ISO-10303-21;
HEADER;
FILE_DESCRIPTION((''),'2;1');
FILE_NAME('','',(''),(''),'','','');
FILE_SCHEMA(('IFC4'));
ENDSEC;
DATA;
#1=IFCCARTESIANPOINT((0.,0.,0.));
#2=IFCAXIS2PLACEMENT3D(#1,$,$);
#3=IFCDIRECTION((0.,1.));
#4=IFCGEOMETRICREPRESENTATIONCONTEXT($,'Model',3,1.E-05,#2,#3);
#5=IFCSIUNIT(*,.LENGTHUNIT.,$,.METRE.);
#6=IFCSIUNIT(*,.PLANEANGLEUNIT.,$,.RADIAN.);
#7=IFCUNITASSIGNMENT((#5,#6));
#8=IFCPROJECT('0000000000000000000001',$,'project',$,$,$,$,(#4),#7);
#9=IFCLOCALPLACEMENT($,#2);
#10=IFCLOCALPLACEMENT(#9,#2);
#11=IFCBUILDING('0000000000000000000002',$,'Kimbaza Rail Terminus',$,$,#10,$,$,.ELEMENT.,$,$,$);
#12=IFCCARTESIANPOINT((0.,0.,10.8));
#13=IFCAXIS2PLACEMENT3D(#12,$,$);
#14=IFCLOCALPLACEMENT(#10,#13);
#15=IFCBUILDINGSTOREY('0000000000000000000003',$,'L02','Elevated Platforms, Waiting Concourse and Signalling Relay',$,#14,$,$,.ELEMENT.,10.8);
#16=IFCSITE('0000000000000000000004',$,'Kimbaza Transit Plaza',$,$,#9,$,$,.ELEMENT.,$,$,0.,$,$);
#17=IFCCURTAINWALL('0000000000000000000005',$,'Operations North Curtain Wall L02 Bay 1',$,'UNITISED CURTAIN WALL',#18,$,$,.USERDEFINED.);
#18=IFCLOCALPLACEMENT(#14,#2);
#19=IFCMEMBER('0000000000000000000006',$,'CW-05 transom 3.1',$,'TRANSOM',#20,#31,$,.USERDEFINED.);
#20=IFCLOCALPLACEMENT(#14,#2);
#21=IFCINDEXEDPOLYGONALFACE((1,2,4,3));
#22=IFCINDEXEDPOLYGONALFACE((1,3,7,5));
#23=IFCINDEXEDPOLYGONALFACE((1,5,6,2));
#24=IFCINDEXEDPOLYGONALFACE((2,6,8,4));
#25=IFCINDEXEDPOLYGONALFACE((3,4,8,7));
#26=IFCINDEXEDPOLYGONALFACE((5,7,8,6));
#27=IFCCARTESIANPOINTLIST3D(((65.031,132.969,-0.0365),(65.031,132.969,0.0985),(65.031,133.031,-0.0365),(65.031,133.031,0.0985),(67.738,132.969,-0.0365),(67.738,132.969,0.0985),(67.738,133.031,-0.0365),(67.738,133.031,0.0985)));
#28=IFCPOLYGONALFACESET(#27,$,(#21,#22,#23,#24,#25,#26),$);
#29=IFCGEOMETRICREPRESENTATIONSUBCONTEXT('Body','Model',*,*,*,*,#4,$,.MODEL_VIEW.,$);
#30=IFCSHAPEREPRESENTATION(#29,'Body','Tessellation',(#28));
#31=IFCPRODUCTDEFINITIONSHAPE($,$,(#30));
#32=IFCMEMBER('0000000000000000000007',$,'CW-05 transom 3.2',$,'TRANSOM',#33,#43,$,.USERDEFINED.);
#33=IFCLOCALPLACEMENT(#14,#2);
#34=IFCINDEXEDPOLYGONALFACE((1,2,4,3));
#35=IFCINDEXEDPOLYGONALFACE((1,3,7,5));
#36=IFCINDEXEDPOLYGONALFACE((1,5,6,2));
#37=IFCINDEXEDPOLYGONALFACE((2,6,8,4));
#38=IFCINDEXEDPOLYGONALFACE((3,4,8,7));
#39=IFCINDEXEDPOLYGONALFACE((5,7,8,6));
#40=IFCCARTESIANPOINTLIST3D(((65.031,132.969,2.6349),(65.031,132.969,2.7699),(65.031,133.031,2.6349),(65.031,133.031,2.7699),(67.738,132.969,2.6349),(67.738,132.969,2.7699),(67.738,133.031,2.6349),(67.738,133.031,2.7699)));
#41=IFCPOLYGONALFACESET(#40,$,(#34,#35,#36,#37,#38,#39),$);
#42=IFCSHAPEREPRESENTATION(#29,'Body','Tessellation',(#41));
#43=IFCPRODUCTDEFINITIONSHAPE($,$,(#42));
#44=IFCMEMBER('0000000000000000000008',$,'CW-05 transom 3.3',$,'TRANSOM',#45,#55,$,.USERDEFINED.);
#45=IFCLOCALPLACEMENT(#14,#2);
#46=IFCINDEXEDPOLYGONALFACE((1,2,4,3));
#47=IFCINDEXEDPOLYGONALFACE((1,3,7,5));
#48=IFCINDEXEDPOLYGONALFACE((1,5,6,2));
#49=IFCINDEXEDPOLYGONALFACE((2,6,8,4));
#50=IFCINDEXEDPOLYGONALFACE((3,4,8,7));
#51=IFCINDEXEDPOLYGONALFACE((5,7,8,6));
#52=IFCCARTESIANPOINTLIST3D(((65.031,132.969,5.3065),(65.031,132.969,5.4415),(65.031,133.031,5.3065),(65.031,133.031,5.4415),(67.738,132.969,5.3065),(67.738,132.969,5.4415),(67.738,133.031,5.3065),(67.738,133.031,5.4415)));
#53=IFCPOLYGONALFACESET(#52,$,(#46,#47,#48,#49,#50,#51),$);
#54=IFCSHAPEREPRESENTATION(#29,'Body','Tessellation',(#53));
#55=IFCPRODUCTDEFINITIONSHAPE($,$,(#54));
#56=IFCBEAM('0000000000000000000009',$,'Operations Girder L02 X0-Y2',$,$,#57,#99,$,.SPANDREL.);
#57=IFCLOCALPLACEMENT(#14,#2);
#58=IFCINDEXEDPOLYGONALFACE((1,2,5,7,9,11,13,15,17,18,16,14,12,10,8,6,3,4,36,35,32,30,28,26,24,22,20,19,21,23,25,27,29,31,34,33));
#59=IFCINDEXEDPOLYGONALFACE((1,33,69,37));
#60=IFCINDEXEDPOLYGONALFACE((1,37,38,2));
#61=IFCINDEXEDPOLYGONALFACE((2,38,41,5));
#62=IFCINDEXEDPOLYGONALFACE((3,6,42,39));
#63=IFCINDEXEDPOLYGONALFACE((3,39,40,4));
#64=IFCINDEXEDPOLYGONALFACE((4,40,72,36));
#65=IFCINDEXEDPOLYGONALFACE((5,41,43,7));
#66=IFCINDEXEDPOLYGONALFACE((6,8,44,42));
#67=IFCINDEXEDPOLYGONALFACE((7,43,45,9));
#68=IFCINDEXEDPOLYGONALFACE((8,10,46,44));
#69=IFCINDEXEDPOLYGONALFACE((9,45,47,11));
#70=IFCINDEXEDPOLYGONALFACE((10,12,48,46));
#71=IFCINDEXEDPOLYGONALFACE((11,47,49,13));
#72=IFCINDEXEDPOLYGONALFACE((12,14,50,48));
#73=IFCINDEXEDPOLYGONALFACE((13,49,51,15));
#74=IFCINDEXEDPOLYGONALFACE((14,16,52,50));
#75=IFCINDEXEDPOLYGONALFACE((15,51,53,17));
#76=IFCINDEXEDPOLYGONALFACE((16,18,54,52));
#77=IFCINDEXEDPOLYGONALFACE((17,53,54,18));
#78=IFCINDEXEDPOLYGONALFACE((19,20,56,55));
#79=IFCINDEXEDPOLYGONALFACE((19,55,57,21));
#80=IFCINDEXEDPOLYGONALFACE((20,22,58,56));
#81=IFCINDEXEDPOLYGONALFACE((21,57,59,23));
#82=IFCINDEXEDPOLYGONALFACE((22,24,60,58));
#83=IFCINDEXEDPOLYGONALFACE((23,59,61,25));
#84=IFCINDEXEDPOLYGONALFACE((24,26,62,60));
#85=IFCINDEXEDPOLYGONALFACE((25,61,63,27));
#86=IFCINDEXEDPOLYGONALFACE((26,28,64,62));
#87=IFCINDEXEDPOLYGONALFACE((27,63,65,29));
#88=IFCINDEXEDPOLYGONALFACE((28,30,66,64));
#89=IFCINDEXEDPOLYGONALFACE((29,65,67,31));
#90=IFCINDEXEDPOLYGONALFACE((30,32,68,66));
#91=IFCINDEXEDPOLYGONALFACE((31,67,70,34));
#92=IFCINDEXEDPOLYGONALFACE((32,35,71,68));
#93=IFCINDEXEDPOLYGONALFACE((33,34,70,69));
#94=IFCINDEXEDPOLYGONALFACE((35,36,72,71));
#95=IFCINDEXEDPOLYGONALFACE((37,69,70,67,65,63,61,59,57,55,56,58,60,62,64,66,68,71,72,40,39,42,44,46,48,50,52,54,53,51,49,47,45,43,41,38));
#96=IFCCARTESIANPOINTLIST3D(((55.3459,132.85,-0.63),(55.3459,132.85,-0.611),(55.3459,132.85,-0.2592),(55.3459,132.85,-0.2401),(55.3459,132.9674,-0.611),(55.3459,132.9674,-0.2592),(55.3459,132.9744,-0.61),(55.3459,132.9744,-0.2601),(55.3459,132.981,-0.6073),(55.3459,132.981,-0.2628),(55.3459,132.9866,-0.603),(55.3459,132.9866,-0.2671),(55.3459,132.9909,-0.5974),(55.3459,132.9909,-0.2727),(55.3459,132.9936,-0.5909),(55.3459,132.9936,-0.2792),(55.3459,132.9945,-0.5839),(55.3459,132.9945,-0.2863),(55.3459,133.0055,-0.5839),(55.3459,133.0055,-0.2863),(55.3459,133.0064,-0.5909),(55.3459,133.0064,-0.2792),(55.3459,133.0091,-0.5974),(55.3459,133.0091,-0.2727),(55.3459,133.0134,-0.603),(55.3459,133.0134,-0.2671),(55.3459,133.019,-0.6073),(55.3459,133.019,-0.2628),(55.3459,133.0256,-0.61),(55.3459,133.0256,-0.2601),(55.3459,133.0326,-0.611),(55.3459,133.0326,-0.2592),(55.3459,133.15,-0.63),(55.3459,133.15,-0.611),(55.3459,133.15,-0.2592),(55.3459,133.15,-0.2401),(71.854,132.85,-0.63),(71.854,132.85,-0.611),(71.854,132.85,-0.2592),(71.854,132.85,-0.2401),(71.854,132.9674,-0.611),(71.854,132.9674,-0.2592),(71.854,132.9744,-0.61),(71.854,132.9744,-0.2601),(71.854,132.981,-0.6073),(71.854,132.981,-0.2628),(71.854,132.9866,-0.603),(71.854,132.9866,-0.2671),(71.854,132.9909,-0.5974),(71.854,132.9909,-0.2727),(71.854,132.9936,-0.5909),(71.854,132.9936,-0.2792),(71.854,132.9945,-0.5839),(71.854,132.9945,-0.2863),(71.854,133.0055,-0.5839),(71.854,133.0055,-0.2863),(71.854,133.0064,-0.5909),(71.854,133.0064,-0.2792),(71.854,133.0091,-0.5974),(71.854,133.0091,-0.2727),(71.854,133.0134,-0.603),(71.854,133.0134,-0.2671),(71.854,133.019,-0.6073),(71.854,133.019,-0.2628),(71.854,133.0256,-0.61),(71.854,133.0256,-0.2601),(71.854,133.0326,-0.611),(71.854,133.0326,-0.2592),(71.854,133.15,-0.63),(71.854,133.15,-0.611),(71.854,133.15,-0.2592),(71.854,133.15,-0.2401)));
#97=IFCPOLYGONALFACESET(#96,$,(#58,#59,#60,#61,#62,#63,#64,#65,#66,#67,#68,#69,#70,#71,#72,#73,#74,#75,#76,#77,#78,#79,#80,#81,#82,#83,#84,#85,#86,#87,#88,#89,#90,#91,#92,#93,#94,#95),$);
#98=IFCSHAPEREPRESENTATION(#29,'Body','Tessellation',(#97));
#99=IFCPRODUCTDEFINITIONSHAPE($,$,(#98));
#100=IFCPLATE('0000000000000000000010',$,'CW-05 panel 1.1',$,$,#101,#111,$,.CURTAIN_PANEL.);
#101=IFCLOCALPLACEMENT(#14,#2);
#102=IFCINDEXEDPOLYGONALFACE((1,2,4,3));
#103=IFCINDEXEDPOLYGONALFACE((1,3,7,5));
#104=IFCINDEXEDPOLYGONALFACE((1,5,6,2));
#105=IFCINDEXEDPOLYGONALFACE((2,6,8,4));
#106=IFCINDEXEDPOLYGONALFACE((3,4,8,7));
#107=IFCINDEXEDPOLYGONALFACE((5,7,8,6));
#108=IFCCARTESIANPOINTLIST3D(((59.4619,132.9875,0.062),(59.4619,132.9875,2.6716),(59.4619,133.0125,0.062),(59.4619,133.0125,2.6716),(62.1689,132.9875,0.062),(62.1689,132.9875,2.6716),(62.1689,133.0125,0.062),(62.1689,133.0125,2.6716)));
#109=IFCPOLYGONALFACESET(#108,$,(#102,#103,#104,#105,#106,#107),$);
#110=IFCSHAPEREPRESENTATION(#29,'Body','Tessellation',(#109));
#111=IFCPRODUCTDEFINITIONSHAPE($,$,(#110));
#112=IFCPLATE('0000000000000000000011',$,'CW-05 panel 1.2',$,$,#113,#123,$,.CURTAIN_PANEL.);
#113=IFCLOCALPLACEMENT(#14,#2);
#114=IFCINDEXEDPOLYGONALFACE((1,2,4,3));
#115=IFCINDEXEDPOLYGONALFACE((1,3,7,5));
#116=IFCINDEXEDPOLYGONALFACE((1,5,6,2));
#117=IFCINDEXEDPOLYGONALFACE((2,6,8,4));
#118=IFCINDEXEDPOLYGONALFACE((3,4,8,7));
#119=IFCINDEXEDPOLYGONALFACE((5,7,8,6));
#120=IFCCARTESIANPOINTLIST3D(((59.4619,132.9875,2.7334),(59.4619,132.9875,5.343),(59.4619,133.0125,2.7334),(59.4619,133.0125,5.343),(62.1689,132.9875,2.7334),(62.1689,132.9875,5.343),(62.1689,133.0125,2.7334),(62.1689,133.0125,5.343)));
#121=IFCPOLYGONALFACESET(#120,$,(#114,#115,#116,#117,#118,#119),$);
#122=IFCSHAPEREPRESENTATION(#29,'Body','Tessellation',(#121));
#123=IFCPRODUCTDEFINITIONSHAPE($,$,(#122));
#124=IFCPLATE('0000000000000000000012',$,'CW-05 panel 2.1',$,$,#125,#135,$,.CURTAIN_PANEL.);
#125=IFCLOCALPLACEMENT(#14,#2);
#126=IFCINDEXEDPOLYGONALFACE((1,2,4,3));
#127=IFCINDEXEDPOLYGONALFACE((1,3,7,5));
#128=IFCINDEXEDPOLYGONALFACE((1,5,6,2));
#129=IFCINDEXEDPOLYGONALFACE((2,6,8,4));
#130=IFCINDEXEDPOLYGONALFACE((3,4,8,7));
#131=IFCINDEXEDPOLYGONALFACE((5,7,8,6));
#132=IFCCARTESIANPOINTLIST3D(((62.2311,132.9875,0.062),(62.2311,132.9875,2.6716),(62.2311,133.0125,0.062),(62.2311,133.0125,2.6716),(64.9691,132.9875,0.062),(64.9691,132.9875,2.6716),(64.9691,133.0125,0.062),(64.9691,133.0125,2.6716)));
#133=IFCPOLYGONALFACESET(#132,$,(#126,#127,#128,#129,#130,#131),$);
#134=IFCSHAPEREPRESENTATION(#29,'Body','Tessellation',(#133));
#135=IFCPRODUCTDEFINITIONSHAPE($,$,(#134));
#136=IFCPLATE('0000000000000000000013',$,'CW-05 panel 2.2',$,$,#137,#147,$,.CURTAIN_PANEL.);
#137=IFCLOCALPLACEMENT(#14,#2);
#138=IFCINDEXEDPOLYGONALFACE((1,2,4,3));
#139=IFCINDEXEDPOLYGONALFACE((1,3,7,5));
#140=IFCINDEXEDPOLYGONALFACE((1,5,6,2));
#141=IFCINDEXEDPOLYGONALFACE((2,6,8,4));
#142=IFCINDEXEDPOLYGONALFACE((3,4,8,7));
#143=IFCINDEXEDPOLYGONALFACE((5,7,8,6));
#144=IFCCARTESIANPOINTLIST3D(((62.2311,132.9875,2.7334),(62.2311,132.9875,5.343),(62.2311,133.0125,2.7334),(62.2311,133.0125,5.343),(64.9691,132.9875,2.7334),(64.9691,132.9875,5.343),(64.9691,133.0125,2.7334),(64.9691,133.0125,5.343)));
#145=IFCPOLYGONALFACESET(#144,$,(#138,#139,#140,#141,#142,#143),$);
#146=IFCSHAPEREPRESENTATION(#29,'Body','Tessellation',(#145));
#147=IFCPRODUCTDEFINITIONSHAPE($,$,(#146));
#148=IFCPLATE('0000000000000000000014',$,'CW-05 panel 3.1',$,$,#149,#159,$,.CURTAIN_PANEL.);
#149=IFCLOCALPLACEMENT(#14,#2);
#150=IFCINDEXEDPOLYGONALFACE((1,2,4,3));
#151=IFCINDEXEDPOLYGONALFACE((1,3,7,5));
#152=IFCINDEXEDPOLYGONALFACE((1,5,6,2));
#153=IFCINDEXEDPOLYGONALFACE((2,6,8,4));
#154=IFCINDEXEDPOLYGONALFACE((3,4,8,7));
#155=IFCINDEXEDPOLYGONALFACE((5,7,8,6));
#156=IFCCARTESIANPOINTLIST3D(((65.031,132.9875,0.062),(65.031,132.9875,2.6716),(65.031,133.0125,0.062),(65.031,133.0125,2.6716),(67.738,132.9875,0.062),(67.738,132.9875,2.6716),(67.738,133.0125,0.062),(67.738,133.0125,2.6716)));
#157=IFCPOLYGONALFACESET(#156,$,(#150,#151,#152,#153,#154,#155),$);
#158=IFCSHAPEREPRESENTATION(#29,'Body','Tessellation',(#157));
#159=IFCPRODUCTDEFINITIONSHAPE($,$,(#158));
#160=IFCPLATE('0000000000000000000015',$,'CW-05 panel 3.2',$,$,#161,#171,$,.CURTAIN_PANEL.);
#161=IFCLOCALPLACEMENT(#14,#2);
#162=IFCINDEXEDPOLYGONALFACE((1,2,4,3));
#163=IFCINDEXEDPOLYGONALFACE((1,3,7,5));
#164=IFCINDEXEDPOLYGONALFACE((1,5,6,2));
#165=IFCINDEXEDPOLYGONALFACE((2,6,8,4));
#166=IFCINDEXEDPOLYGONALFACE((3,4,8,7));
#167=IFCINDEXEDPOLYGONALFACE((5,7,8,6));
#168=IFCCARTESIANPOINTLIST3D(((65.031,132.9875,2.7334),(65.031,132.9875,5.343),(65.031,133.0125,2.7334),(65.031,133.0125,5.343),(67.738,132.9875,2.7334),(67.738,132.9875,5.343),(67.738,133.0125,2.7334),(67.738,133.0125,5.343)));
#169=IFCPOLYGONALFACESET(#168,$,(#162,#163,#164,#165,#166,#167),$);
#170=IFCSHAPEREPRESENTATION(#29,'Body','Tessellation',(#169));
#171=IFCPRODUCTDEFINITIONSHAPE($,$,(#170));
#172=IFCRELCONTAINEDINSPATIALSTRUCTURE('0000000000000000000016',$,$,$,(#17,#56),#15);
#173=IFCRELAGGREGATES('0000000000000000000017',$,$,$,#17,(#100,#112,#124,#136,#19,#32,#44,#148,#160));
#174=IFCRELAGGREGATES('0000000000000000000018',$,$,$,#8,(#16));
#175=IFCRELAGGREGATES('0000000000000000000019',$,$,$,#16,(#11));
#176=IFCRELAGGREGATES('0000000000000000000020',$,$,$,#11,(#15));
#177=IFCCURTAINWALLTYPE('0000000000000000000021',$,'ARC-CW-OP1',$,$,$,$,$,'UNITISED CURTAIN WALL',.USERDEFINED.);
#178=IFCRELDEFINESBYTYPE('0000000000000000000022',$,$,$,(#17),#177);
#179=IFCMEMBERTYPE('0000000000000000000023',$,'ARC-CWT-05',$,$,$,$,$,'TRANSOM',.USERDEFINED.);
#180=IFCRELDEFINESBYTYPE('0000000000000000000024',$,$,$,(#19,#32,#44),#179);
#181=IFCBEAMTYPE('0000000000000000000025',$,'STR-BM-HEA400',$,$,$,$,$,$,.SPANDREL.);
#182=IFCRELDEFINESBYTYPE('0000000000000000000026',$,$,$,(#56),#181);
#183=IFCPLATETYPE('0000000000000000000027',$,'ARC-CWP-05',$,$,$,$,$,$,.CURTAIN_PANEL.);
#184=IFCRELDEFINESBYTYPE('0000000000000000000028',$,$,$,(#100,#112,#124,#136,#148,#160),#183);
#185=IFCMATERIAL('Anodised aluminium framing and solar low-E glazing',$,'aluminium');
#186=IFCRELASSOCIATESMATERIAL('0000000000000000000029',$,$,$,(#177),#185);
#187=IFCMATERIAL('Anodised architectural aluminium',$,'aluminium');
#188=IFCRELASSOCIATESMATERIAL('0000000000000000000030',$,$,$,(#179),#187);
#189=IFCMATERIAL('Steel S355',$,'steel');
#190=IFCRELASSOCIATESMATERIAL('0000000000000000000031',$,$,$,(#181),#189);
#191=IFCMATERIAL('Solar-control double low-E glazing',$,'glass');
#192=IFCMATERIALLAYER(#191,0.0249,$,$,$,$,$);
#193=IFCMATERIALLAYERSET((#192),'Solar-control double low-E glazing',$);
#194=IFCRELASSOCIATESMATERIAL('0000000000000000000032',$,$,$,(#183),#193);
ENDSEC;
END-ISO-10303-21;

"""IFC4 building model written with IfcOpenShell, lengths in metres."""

from ifc_helpers import new_model, si_unit, direction, frame, origin, origin_2d, place, context, subcontext, project, spatial, rectangle, i_section, extrude, material, layer, layer_set, material_profile, profile_set, type_object, element, aggregate, save


model = new_model("IFC4")

# Units and contexts
model_context = context("Model", 3, precision=1e-05, world=origin(), true_north=direction((0.0, 1.0)))
body_context = subcontext(model_context, "Body", "Model", "MODEL_VIEW")
ifc_project = project(units=[si_unit("LENGTHUNIT", "METRE"), si_unit("PLANEANGLEUNIT", "RADIAN")], contexts=[model_context])

# Site, building, storey
site_placement = place(None, origin())
site = spatial("IfcSite", under=ifc_project, at=site_placement, Name="Kimbaza Transit Plaza", CompositionType="ELEMENT", RefElevation=0.0)
building_placement = place(site_placement, origin())
building = spatial("IfcBuilding", under=site, at=building_placement, Name="Kimbaza Rail Terminus", CompositionType="ELEMENT")
storey_placement = place(building_placement, frame((0.0, 0.0, 10.8)))
storey = spatial("IfcBuildingStorey", under=building, at=storey_placement, Name="L02", Description="Elevated Platforms, Waiting Concourse and Signalling Relay", CompositionType="ELEMENT", Elevation=10.8)

# Curtain wall
ifc_material_1 = material(Name="Anodised aluminium framing and solar low-E glazing", Category="aluminium")
curtain_wall_type = type_object("IfcCurtainWallType", Name="ARC-CW-OP1", ElementType="UNITISED CURTAIN WALL", PredefinedType="USERDEFINED", material=ifc_material_1)
curtain_wall_1_placement = place(storey_placement, origin())
curtain_wall_1 = element("IfcCurtainWall", 1, at=curtain_wall_1_placement, inside=storey, type_object=curtain_wall_type, Name="Operations North Curtain Wall L02 Bay 1", ObjectType="UNITISED CURTAIN WALL", PredefinedType="USERDEFINED")

# Members
ifc_material_2 = material(Name="Anodised architectural aluminium", Category="aluminium")
ifc_material_profile_1 = material_profile(ifc_material_2, rectangle(XDim=0.062, YDim=0.135, at=origin_2d()), Name="TRANSOM 62x135")
ifc_profile_set_1 = profile_set([ifc_material_profile_1], Name="Anodised architectural aluminium")
member_type_1 = type_object("IfcMemberType", Name="ARC-CWT-05", ElementType="TRANSOM", PredefinedType="USERDEFINED", material=ifc_profile_set_1)
member_1_placement = place(storey_placement, frame((65.031, 133.0, 0.031), z_axis=(1.0, 0.0, 0.0), x_axis=(0.0, 1.0, 0.0)))
member_1 = element("IfcMember", 2, at=member_1_placement, type_object=member_type_1, Name="CW-05 transom 3.1", ObjectType="TRANSOM", PredefinedType="USERDEFINED", context=body_context, shape_type="SweptSolid", body=[
    extrude(rectangle(XDim=0.062, YDim=0.135, at=origin_2d()), origin(), (0.0, 0.0, 1.0), 2.707),
])
member_2_placement = place(storey_placement, frame((65.031, 133.0, 2.7024), z_axis=(1.0, 0.0, 0.0), x_axis=(0.0, 1.0, 0.0)))
member_2 = element("IfcMember", 3, at=member_2_placement, type_object=member_type_1, Name="CW-05 transom 3.2", ObjectType="TRANSOM", PredefinedType="USERDEFINED", context=body_context, shape_type="SweptSolid", body=[
    extrude(rectangle(XDim=0.062, YDim=0.135, at=origin_2d()), origin(), (0.0, 0.0, 1.0), 2.707),
])
member_3_placement = place(storey_placement, frame((65.031, 133.0, 5.374), z_axis=(1.0, 0.0, 0.0), x_axis=(0.0, 1.0, 0.0)))
member_3 = element("IfcMember", 4, at=member_3_placement, type_object=member_type_1, Name="CW-05 transom 3.3", ObjectType="TRANSOM", PredefinedType="USERDEFINED", context=body_context, shape_type="SweptSolid", body=[
    extrude(rectangle(XDim=0.062, YDim=0.135, at=origin_2d()), origin(), (0.0, 0.0, 1.0), 2.707),
])

# Beam
ifc_material_3 = material(Name="Steel S355", Category="steel")
ifc_material_profile_2 = material_profile(ifc_material_3, i_section(OverallWidth=0.3, OverallDepth=0.3899, WebThickness=0.011, FlangeThickness=0.019, FilletRadius=0.0271, at=origin_2d()), Name="HEA 400")
ifc_profile_set_2 = profile_set([ifc_material_profile_2], Name="Steel S355")
beam_type = type_object("IfcBeamType", Name="STR-BM-HEA400", PredefinedType="SPANDREL", material=ifc_profile_set_2)
beam_placement = place(storey_placement, frame((55.3459, 133.0, -0.4351), z_axis=(1.0, 0.0, 0.0), x_axis=(0.0, 1.0, 0.0)))
element("IfcBeam", 5, at=beam_placement, inside=storey, type_object=beam_type, Name="Operations Girder L02 X0-Y2", PredefinedType="SPANDREL", context=body_context, shape_type="SweptSolid", body=[
    extrude(i_section(OverallWidth=0.3, OverallDepth=0.3899, WebThickness=0.011, FlangeThickness=0.019, FilletRadius=0.0271, at=origin_2d()), origin(), (0.0, 0.0, 1.0), 16.5081),
])

# Plates
ifc_material_4 = material(Name="Solar-control double low-E glazing", Category="glass")
ifc_layer_1 = layer(ifc_material_4, 0.0249)
ifc_layer_set_1 = layer_set([ifc_layer_1], Name="Solar-control double low-E glazing")
plate_type = type_object("IfcPlateType", Name="ARC-CWP-05", PredefinedType="CURTAIN_PANEL", material=ifc_layer_set_1)
plate_1_placement = place(storey_placement, frame((60.8154, 133.0, 0.062), z_axis=(0.0, 0.0, 1.0), x_axis=(1.0, 0.0, 0.0)))
plate_1 = element("IfcPlate", 6, at=plate_1_placement, type_object=plate_type, Name="CW-05 panel 1.1", PredefinedType="CURTAIN_PANEL", context=body_context, shape_type="SweptSolid", body=[
    extrude(rectangle(XDim=2.707, YDim=0.0249, at=origin_2d()), origin(), (0.0, 0.0, 1.0), 2.6096),
])
plate_2_placement = place(storey_placement, frame((60.8154, 133.0, 2.7334), z_axis=(0.0, 0.0, 1.0), x_axis=(1.0, 0.0, 0.0)))
plate_2 = element("IfcPlate", 7, at=plate_2_placement, type_object=plate_type, Name="CW-05 panel 1.2", PredefinedType="CURTAIN_PANEL", context=body_context, shape_type="SweptSolid", body=[
    extrude(rectangle(XDim=2.707, YDim=0.0249, at=origin_2d()), origin(), (0.0, 0.0, 1.0), 2.6096),
])
plate_3_placement = place(storey_placement, frame((63.6001, 133.0, 0.062), z_axis=(0.0, 0.0, 1.0), x_axis=(1.0, 0.0, 0.0)))
plate_3 = element("IfcPlate", 8, at=plate_3_placement, type_object=plate_type, Name="CW-05 panel 2.1", PredefinedType="CURTAIN_PANEL", context=body_context, shape_type="SweptSolid", body=[
    extrude(rectangle(XDim=2.738, YDim=0.0249, at=origin_2d()), origin(), (0.0, 0.0, 1.0), 2.6096),
])
plate_4_placement = place(storey_placement, frame((63.6001, 133.0, 2.7334), z_axis=(0.0, 0.0, 1.0), x_axis=(1.0, 0.0, 0.0)))
plate_4 = element("IfcPlate", 9, at=plate_4_placement, type_object=plate_type, Name="CW-05 panel 2.2", PredefinedType="CURTAIN_PANEL", context=body_context, shape_type="SweptSolid", body=[
    extrude(rectangle(XDim=2.738, YDim=0.0249, at=origin_2d()), origin(), (0.0, 0.0, 1.0), 2.6096),
])
plate_5_placement = place(storey_placement, frame((66.3845, 133.0, 0.062), z_axis=(0.0, 0.0, 1.0), x_axis=(1.0, 0.0, 0.0)))
plate_5 = element("IfcPlate", 10, at=plate_5_placement, type_object=plate_type, Name="CW-05 panel 3.1", PredefinedType="CURTAIN_PANEL", context=body_context, shape_type="SweptSolid", body=[
    extrude(rectangle(XDim=2.707, YDim=0.0249, at=origin_2d()), origin(), (0.0, 0.0, 1.0), 2.6096),
])
plate_6_placement = place(storey_placement, frame((66.3845, 133.0, 2.7334), z_axis=(0.0, 0.0, 1.0), x_axis=(1.0, 0.0, 0.0)))
plate_6 = element("IfcPlate", 11, at=plate_6_placement, type_object=plate_type, Name="CW-05 panel 3.2", PredefinedType="CURTAIN_PANEL", context=body_context, shape_type="SweptSolid", body=[
    extrude(rectangle(XDim=2.707, YDim=0.0249, at=origin_2d()), origin(), (0.0, 0.0, 1.0), 2.6096),
])
aggregate(curtain_wall_1, [plate_1, plate_2, plate_3, plate_4, member_1, member_2, member_3, plate_5, plate_6])

save(model, "model.ifc")
